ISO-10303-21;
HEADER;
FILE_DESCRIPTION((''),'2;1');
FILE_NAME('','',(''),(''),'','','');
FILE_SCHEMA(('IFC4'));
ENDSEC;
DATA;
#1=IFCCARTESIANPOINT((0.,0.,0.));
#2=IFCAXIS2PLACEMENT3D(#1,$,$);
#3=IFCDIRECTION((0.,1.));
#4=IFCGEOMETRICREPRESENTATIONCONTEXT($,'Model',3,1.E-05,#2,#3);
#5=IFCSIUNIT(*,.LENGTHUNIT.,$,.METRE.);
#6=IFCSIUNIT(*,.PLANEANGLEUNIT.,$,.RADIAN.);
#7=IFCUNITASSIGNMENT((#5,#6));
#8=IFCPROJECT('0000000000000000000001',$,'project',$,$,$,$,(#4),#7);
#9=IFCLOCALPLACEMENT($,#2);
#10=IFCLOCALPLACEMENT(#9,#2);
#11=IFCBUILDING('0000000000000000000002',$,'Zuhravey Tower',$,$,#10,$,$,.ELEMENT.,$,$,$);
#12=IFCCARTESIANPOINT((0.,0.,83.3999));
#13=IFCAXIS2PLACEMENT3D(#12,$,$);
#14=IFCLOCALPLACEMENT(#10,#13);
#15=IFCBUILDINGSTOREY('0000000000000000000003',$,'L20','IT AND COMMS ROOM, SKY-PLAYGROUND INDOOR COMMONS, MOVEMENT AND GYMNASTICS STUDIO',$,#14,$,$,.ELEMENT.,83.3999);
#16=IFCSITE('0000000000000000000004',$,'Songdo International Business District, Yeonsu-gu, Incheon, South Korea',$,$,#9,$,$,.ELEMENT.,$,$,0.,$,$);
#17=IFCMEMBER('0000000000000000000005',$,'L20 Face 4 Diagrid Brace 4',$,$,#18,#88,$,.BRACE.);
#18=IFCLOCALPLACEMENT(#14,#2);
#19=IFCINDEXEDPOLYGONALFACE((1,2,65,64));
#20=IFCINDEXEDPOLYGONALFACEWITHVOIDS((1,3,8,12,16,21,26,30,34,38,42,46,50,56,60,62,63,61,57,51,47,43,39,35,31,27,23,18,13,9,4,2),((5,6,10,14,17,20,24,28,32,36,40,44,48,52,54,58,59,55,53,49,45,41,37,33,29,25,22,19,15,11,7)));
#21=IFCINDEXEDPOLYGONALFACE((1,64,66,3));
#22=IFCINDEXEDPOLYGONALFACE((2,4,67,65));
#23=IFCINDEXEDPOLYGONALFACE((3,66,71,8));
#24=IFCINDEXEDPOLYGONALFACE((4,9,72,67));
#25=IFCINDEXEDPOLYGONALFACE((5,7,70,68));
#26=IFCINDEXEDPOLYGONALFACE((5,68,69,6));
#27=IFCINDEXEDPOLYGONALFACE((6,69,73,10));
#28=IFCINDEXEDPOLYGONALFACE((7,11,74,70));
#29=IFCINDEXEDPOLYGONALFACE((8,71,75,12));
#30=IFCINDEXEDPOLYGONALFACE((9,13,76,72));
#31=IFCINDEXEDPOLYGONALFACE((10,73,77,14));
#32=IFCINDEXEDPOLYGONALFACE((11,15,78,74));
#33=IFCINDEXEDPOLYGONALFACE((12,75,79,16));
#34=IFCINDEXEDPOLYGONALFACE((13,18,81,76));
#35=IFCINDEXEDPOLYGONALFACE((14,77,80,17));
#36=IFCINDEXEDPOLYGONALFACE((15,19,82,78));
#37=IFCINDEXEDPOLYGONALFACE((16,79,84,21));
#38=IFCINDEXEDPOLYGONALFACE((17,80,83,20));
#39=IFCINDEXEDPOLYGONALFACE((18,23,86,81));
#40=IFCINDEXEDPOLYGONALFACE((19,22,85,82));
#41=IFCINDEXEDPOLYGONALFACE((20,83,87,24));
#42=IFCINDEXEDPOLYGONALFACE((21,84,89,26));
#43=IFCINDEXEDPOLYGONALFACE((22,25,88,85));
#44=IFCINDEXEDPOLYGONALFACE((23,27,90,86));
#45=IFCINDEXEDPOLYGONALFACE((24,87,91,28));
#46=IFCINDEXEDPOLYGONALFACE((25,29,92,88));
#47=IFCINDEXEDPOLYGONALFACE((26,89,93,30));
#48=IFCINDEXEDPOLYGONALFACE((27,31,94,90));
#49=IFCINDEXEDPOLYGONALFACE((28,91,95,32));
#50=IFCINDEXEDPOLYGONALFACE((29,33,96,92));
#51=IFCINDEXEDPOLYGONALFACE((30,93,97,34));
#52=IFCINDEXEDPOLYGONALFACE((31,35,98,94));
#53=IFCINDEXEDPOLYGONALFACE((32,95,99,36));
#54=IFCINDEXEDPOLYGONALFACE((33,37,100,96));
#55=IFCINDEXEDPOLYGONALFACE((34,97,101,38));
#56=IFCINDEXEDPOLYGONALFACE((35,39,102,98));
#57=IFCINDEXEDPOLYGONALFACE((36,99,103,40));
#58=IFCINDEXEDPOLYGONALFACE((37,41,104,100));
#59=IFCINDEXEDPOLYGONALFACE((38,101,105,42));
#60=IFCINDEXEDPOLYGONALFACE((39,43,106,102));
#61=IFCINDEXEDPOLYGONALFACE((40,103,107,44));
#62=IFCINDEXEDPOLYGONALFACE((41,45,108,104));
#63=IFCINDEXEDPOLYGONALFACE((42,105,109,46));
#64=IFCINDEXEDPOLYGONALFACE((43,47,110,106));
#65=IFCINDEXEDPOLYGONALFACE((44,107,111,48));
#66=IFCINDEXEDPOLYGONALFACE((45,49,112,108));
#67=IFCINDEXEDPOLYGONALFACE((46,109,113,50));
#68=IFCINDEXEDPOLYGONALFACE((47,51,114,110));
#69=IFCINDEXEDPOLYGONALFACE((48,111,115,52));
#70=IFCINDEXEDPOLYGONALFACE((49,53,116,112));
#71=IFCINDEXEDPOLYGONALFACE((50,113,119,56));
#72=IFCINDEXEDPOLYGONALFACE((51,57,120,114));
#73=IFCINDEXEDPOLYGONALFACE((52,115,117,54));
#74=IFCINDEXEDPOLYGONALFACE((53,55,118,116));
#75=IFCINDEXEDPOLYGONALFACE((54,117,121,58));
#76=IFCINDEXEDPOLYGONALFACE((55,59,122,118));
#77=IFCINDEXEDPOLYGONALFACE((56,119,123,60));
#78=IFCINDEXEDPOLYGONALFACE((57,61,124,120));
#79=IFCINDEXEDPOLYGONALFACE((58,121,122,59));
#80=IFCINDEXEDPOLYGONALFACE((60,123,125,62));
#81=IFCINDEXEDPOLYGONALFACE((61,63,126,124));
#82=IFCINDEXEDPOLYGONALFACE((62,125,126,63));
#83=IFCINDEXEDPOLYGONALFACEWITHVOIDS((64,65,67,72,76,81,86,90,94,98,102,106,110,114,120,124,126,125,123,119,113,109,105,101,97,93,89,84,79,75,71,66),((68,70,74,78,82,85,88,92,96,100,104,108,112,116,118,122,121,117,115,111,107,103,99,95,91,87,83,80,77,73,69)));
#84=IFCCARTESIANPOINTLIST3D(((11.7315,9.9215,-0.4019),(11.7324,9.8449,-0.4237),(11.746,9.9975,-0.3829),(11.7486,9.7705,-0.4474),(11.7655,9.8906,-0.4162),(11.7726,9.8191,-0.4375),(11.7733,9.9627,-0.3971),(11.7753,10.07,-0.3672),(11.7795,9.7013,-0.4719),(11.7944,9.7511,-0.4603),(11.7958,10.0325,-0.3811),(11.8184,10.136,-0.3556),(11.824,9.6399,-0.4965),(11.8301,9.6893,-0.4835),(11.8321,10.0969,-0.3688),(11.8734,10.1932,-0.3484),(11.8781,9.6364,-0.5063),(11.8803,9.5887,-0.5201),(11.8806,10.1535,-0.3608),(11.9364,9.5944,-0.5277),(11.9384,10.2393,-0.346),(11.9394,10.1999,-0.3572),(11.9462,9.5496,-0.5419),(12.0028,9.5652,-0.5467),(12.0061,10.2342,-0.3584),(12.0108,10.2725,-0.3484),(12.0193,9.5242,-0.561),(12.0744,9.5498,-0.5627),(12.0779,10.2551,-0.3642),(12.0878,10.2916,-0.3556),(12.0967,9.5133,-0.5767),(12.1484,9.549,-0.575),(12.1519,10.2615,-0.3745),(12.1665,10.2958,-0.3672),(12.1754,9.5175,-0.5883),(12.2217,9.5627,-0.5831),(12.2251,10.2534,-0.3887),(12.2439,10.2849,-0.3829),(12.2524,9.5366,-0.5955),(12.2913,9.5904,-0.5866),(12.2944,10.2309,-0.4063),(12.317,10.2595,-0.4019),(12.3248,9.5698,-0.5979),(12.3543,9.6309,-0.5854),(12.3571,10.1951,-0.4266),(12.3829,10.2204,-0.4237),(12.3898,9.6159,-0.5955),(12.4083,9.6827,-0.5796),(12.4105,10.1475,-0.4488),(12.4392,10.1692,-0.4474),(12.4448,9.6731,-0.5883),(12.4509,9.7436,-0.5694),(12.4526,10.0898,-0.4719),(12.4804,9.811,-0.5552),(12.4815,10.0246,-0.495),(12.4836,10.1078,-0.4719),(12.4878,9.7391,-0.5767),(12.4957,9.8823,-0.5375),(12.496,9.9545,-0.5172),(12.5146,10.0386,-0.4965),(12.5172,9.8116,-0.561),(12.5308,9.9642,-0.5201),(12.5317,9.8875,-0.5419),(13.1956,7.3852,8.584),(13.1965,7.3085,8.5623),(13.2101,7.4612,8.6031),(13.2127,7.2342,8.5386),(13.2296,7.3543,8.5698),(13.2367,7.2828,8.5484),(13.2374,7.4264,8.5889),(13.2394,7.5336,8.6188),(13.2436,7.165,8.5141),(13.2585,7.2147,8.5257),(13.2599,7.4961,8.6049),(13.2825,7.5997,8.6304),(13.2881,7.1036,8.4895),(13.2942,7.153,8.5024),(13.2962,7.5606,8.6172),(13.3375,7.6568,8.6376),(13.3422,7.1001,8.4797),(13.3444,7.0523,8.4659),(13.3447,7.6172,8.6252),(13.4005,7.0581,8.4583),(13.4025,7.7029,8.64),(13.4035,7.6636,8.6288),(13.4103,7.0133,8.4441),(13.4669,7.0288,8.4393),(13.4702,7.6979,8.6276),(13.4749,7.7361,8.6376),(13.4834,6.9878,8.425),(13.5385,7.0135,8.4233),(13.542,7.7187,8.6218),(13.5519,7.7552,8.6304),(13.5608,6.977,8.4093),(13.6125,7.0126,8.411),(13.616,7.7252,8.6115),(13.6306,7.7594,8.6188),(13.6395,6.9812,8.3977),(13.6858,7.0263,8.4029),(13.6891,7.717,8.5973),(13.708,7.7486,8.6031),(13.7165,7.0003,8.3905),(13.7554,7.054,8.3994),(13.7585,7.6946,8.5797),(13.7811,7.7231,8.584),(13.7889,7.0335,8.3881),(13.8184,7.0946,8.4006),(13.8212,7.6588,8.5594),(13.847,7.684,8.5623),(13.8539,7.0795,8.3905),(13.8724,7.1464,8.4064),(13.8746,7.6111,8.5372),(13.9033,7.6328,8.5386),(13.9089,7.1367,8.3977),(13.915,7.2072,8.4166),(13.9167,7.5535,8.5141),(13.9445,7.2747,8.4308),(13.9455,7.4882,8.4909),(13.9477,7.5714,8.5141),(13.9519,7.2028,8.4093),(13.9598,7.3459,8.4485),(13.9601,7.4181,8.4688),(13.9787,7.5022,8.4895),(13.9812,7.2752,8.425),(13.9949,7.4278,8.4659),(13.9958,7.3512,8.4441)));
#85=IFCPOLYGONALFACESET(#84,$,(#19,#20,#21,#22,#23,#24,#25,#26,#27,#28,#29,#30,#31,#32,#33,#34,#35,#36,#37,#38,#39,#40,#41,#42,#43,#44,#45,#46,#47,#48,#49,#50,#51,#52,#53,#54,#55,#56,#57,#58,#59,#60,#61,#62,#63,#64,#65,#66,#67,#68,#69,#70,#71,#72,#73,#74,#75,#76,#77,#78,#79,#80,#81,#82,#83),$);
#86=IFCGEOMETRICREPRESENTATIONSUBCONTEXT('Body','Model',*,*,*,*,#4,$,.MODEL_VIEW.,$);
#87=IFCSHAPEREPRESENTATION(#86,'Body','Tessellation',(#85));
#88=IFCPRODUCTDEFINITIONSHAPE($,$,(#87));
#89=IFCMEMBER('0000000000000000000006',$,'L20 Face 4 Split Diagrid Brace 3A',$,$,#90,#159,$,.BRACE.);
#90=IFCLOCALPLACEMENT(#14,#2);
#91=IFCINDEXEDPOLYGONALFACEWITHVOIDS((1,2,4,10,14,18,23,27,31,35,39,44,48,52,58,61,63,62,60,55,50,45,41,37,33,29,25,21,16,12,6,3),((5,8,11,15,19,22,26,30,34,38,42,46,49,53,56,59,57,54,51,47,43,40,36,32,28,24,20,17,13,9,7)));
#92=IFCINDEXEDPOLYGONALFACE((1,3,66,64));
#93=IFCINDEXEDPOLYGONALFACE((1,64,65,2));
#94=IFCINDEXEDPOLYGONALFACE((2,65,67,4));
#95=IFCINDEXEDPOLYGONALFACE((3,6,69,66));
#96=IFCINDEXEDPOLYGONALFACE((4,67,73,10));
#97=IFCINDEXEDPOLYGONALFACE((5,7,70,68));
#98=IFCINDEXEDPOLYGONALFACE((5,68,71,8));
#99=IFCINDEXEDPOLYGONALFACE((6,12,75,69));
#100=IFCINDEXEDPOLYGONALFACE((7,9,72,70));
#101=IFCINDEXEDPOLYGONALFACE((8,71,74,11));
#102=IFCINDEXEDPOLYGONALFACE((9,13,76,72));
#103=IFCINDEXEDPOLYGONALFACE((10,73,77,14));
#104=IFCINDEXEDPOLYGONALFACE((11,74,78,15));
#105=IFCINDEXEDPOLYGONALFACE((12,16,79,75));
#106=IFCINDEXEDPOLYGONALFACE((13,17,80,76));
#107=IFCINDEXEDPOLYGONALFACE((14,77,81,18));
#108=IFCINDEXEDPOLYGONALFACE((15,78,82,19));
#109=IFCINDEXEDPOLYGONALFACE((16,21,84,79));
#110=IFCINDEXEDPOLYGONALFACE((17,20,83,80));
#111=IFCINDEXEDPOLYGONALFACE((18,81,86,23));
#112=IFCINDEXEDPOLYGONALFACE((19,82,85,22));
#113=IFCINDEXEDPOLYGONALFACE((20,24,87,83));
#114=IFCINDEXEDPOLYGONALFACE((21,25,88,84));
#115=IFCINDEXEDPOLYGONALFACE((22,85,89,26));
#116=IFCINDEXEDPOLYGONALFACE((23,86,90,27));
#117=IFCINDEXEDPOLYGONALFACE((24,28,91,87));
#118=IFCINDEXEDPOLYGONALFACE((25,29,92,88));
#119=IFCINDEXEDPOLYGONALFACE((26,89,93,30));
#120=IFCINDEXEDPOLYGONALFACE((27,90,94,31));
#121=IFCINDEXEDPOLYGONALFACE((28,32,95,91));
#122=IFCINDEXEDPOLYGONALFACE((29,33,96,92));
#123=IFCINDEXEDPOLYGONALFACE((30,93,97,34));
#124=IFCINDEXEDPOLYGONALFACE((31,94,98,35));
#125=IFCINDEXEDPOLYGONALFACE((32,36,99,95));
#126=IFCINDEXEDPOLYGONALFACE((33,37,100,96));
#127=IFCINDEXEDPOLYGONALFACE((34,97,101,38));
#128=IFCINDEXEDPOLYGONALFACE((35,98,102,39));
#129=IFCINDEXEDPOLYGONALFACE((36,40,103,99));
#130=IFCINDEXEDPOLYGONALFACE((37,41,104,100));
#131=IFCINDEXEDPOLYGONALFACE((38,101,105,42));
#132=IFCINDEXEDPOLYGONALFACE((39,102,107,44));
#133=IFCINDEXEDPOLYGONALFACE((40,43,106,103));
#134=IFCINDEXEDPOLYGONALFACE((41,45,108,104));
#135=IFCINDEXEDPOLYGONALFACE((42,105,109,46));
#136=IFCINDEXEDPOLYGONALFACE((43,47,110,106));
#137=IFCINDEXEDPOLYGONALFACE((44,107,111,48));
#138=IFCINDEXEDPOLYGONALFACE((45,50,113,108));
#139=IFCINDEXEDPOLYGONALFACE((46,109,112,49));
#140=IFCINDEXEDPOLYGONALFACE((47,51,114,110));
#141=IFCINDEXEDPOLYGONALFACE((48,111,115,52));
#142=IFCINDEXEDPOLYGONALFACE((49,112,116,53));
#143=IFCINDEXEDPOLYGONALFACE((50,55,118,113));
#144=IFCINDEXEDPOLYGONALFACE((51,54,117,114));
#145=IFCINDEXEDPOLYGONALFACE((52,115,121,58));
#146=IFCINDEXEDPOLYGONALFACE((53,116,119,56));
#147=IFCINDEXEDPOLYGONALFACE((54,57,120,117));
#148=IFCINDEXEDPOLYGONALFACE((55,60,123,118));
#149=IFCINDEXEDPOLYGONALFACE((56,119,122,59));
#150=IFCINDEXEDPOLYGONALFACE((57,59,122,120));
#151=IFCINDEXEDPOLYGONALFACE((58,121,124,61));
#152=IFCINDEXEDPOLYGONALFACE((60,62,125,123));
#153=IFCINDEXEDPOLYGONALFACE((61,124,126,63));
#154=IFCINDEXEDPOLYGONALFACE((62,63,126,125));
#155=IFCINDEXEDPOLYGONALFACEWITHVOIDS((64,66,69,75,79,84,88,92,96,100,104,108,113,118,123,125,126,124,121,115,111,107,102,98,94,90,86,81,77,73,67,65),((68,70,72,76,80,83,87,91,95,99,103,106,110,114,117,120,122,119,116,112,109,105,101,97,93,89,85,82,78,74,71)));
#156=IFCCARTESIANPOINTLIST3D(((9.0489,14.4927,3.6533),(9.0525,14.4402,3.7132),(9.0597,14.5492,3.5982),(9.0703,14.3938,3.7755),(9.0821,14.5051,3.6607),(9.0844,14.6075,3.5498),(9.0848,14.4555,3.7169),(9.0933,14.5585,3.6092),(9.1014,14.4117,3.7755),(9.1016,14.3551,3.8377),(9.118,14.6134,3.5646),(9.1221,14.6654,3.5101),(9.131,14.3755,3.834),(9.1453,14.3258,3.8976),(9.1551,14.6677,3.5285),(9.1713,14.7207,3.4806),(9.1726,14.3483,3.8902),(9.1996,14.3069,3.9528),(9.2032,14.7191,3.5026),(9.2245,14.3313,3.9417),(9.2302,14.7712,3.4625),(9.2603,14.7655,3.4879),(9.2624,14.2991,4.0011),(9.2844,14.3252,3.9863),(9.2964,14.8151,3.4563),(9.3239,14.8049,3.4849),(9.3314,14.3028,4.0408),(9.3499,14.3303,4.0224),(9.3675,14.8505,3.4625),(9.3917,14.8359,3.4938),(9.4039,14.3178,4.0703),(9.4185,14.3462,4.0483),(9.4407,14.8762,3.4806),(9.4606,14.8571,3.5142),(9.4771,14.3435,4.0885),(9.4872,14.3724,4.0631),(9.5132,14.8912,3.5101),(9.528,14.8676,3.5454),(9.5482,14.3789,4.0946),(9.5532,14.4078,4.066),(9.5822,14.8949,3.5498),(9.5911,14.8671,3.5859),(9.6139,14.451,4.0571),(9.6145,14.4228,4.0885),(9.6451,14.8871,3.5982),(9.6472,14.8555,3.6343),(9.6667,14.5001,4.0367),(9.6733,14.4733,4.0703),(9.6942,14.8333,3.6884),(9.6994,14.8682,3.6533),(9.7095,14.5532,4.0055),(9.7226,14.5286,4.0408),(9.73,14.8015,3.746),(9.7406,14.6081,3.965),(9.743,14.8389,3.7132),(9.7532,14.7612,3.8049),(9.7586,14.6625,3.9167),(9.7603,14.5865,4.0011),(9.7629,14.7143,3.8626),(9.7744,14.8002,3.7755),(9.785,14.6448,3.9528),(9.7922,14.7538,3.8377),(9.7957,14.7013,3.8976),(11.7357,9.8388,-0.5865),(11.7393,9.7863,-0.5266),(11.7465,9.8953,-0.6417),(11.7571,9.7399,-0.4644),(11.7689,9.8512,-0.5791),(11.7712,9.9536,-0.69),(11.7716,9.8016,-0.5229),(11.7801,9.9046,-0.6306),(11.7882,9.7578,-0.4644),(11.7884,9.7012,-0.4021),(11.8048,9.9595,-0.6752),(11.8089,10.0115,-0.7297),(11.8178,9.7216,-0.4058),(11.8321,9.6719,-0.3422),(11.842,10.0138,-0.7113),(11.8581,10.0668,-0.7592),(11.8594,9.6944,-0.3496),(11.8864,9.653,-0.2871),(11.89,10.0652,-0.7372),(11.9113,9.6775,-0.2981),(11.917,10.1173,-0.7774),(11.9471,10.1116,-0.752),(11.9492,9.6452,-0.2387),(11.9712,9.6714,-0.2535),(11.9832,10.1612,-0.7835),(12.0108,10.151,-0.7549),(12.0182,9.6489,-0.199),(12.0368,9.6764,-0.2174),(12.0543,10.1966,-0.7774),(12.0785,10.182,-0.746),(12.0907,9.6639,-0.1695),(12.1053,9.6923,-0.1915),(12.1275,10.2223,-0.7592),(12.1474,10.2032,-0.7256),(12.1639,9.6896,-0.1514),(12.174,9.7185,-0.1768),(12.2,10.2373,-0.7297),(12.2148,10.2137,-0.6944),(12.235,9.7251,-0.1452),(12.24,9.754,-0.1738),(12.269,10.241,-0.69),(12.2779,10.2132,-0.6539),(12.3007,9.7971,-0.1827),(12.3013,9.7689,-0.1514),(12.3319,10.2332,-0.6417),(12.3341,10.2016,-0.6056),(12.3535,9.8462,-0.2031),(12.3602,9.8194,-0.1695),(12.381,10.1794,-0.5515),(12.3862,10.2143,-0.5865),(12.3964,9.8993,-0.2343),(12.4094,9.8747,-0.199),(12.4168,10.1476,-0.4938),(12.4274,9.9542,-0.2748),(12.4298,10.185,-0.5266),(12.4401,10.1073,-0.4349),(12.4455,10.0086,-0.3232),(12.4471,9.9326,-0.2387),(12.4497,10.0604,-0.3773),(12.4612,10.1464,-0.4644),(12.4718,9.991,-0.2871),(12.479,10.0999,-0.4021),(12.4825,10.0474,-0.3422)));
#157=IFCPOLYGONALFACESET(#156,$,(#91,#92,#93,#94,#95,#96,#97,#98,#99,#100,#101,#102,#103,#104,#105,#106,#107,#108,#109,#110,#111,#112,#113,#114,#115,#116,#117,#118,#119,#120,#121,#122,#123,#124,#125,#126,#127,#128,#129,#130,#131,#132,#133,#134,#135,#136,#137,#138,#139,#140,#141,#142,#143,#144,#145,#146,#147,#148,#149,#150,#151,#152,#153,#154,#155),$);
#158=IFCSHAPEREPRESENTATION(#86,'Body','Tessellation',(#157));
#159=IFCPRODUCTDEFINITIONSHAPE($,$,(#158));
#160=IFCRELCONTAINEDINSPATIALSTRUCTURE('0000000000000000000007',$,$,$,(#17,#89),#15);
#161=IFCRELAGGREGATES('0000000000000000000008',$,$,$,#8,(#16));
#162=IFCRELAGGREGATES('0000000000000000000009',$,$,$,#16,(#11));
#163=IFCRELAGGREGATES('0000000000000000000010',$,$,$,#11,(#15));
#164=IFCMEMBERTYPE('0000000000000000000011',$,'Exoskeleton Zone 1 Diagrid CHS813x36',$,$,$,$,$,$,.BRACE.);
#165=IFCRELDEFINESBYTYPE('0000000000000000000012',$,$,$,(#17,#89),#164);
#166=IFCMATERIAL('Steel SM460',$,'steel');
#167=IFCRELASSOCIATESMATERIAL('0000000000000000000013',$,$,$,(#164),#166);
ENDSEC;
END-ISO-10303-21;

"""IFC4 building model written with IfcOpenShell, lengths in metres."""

from ifc_helpers import new_model, si_unit, direction, frame, origin, origin_2d, place, context, subcontext, project, spatial, hollow_circle, extrude, material, material_profile, profile_set, type_object, element, save


model = new_model("IFC4")

# Units and contexts
model_context = context("Model", 3, precision=1e-05, world=origin(), true_north=direction((0.0, 1.0)))
body_context = subcontext(model_context, "Body", "Model", "MODEL_VIEW")
ifc_project = project(units=[si_unit("LENGTHUNIT", "METRE"), si_unit("PLANEANGLEUNIT", "RADIAN")], contexts=[model_context])

# Site, building, storey
site_placement = place(None, origin())
site = spatial("IfcSite", under=ifc_project, at=site_placement, Name="Songdo International Business District, Yeonsu-gu, Incheon, South Korea", CompositionType="ELEMENT", RefElevation=0.0)
building_placement = place(site_placement, origin())
building = spatial("IfcBuilding", under=site, at=building_placement, Name="Zuhravey Tower", CompositionType="ELEMENT")
storey_placement = place(building_placement, frame((0.0, 0.0, 83.3999)))
storey = spatial("IfcBuildingStorey", under=building, at=storey_placement, Name="L20", Description="IT AND COMMS ROOM, SKY-PLAYGROUND INDOOR COMMONS, MOVEMENT AND GYMNASTICS STUDIO", CompositionType="ELEMENT", Elevation=83.3999)

# Members
ifc_material_1 = material(Name="Steel SM460", Category="steel")
ifc_material_profile_1 = material_profile(ifc_material_1, hollow_circle(Radius=0.4065, WallThickness=0.0359, at=origin_2d()), Name="CHS-812.8x36")
ifc_profile_set_1 = profile_set([ifc_material_profile_1], Name="Steel SM460")
member_type_1 = type_object("IfcMemberType", Name="Exoskeleton Zone 1 Diagrid CHS813x36", PredefinedType="BRACE", material=ifc_profile_set_1)
member_1_placement = place(storey_placement, frame((12.1316, 9.9045, -0.4719), z_axis=(0.154912, -0.268364, 0.95078), x_axis=(0.866065, 0.499932, 0.0)))
element("IfcMember", 1, at=member_1_placement, inside=storey, type_object=member_type_1, Name="L20 Face 4 Diagrid Brace 4", PredefinedType="BRACE", context=body_context, shape_type="SweptSolid", body=[
    extrude(hollow_circle(Radius=0.4065, WallThickness=0.0359, at=origin_2d()), origin(), (0.0, 0.0, 1.0), 9.4512),
])
member_2_placement = place(storey_placement, frame((12.1091, 9.9431, -0.4644), z_axis=(-0.392523, 0.679898, 0.619406), x_axis=(-0.866034, -0.499985, 0.0)))
element("IfcMember", 2, at=member_2_placement, inside=storey, type_object=member_type_1, Name="L20 Face 4 Split Diagrid Brace 3A", PredefinedType="BRACE", context=body_context, shape_type="SweptSolid", body=[
    extrude(hollow_circle(Radius=0.4065, WallThickness=0.0359, at=origin_2d()), origin(), (0.0, 0.0, 1.0), 6.845),
])

save(model, "model.ifc")
